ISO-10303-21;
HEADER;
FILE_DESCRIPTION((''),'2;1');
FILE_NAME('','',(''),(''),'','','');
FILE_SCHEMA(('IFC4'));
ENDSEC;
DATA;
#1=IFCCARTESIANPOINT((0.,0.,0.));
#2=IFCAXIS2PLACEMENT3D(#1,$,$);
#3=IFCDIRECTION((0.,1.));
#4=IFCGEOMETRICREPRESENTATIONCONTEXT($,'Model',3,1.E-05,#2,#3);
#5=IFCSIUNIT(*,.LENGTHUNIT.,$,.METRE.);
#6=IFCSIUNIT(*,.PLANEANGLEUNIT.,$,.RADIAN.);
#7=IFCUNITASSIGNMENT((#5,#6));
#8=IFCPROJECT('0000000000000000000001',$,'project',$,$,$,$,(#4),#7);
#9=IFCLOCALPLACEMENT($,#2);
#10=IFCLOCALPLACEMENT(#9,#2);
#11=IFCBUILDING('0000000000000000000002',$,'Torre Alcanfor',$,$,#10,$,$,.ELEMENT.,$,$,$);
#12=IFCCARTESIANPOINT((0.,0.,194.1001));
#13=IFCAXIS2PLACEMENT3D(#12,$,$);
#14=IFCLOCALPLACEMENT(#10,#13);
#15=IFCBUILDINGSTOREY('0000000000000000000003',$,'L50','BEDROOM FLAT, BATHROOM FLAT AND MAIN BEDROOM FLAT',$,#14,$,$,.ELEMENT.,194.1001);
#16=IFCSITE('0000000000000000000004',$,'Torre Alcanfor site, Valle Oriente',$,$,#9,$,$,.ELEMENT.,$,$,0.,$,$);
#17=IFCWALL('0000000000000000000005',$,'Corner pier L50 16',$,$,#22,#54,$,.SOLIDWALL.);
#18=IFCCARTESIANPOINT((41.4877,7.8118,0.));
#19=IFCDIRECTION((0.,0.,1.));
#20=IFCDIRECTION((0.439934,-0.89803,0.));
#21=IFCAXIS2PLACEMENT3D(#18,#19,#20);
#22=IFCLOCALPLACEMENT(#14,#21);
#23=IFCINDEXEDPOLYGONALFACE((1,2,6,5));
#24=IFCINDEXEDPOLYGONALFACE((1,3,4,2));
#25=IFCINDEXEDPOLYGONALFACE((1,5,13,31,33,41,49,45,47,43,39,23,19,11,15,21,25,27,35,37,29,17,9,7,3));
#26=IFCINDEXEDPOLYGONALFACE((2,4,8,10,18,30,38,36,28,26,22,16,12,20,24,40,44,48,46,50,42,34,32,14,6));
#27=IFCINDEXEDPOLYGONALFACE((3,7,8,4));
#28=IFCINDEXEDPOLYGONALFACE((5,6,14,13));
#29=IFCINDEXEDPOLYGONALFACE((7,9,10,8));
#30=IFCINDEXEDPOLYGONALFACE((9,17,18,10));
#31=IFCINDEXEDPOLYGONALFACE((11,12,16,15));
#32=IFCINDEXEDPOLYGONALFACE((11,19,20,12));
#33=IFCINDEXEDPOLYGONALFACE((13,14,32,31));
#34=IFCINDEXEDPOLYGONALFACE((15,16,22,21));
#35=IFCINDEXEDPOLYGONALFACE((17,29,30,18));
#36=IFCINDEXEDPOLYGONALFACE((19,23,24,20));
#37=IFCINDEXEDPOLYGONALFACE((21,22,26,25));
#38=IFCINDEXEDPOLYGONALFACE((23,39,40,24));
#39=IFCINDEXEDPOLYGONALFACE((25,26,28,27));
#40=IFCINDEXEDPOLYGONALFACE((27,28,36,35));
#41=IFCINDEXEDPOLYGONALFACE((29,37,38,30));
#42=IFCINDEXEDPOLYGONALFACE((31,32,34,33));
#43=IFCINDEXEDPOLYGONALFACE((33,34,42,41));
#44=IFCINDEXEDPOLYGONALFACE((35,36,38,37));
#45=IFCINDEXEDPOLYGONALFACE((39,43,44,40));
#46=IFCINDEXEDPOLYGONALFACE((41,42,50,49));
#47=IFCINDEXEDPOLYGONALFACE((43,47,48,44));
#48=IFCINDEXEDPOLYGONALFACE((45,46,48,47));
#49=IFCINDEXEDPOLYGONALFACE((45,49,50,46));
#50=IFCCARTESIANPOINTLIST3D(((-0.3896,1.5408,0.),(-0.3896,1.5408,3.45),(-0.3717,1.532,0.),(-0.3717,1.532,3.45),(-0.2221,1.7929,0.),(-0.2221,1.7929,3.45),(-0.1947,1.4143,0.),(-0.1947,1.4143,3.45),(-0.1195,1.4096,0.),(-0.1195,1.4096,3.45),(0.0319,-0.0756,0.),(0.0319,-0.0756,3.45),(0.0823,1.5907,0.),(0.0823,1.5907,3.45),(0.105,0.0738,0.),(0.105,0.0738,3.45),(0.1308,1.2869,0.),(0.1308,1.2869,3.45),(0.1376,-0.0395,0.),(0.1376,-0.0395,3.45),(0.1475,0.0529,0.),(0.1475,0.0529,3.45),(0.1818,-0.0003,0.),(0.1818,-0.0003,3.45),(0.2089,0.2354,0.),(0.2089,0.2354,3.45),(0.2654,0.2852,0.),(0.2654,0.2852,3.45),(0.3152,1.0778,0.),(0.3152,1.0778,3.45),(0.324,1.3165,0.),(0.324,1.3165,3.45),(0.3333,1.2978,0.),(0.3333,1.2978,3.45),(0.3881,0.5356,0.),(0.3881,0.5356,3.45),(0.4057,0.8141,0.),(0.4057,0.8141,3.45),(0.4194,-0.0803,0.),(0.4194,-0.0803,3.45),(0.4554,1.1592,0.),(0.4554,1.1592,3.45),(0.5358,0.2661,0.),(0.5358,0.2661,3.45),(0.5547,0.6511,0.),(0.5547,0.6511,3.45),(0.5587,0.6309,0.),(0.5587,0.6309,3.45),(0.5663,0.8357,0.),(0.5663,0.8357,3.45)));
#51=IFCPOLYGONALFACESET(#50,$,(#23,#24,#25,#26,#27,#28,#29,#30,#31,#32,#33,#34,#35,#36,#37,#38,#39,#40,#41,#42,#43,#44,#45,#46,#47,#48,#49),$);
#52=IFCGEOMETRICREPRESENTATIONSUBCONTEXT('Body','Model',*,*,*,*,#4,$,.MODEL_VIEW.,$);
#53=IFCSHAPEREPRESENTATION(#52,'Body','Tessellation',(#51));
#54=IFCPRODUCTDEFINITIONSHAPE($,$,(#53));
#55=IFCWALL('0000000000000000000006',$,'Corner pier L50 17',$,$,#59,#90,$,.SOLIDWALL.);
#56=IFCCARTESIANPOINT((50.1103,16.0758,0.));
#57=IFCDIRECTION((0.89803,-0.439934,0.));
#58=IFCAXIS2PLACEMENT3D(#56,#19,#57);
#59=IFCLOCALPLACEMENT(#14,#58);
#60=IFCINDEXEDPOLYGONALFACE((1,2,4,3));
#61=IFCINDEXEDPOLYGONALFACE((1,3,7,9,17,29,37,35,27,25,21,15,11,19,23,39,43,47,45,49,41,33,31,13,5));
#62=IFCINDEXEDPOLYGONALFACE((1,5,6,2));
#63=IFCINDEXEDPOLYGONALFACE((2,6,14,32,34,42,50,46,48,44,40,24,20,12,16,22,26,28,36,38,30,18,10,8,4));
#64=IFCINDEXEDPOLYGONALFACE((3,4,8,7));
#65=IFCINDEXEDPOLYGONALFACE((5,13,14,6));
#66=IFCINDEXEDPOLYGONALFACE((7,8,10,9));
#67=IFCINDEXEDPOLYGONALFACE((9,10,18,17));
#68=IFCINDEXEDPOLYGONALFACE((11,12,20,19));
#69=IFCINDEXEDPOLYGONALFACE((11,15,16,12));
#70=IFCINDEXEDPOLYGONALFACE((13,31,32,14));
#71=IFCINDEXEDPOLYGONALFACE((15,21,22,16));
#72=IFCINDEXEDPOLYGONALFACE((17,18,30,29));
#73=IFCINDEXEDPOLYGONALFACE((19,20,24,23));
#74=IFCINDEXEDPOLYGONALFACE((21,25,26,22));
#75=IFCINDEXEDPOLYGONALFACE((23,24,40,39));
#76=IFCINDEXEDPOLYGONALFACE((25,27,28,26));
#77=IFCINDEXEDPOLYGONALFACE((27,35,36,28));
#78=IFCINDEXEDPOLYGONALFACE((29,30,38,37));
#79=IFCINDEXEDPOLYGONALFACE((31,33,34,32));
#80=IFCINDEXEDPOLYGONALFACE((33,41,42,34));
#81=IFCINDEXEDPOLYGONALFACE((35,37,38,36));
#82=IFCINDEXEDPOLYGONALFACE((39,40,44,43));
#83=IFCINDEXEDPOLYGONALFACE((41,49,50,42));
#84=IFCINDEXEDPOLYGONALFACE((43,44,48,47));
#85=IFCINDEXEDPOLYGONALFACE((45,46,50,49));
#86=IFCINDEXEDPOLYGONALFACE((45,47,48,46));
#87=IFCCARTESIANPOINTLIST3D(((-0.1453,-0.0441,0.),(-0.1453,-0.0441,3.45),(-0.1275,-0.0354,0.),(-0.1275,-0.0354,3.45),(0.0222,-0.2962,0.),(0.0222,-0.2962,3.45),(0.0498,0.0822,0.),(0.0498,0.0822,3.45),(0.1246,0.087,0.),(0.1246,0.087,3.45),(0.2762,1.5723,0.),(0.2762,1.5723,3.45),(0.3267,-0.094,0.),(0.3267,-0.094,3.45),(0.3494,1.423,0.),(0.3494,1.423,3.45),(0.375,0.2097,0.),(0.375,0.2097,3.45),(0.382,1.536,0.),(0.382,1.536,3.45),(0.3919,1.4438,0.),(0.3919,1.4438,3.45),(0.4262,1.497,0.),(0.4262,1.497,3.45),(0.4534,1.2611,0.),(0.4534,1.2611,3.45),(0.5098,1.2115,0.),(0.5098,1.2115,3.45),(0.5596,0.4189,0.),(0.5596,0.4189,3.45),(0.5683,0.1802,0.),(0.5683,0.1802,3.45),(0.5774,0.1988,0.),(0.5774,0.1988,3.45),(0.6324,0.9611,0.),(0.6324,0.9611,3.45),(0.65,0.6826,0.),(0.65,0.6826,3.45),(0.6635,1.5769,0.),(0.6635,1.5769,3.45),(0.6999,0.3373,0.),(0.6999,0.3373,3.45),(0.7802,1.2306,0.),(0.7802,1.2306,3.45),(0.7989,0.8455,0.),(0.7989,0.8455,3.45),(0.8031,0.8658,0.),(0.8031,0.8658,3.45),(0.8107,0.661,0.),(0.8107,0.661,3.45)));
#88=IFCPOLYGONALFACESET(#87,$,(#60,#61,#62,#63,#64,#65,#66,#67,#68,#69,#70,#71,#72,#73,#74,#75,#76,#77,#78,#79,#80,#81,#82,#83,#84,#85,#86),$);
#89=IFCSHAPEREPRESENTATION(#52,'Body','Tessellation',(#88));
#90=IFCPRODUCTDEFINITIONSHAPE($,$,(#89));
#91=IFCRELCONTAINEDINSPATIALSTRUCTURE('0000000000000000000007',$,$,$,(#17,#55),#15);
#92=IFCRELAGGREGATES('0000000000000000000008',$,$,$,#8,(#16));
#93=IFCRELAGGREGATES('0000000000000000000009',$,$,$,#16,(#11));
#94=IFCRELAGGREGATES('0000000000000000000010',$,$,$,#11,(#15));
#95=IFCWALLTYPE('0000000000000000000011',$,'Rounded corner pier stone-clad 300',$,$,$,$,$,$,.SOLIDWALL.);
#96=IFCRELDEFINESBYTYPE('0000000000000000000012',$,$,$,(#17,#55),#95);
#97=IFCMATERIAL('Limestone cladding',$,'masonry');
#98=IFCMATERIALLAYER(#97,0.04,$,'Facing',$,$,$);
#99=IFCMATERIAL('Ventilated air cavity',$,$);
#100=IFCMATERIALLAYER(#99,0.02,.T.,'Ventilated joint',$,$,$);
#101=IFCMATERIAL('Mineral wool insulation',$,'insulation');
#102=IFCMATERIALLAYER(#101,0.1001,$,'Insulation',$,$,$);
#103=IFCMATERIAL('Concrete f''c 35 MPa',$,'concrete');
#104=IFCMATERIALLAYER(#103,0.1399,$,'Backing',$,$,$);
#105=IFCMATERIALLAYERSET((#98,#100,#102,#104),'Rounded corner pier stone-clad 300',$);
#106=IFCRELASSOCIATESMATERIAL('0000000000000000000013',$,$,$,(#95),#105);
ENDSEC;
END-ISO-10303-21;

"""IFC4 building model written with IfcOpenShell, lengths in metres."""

from ifc_helpers import new_model, si_unit, direction, frame, origin, place, context, subcontext, project, spatial, polyline, outline, extrude, material, layer, layer_set, type_object, element, save


model = new_model("IFC4")

# Units and contexts
model_context = context("Model", 3, precision=1e-05, world=origin(), true_north=direction((0.0, 1.0)))
body_context = subcontext(model_context, "Body", "Model", "MODEL_VIEW")
ifc_project = project(units=[si_unit("LENGTHUNIT", "METRE"), si_unit("PLANEANGLEUNIT", "RADIAN")], contexts=[model_context])

# Site, building, storey
site_placement = place(None, origin())
site = spatial("IfcSite", under=ifc_project, at=site_placement, Name="Torre Alcanfor site, Valle Oriente", CompositionType="ELEMENT", RefElevation=0.0)
building_placement = place(site_placement, origin())
building = spatial("IfcBuilding", under=site, at=building_placement, Name="Torre Alcanfor", CompositionType="ELEMENT")
storey_placement = place(building_placement, frame((0.0, 0.0, 194.1001)))
storey = spatial("IfcBuildingStorey", under=building, at=storey_placement, Name="L50", Description="BEDROOM FLAT, BATHROOM FLAT AND MAIN BEDROOM FLAT", CompositionType="ELEMENT", Elevation=194.1001)

# Shared definitions
ifc_material_1 = material(Name="Limestone cladding", Category="masonry")
ifc_material_2 = material(Name="Ventilated air cavity")
ifc_material_3 = material(Name="Mineral wool insulation", Category="insulation")
ifc_material_4 = material(Name="Concrete f'c 35 MPa", Category="concrete")

# Walls
ifc_layer_1 = layer(ifc_material_1, 0.04, Name="Facing")
ifc_layer_2 = layer(ifc_material_2, 0.02, ventilated=True, Name="Ventilated joint")
ifc_layer_3 = layer(ifc_material_3, 0.1001, Name="Insulation")
ifc_layer_4 = layer(ifc_material_4, 0.1399, Name="Backing")
ifc_layer_set_1 = layer_set([ifc_layer_1, ifc_layer_2, ifc_layer_3, ifc_layer_4], Name="Rounded corner pier stone-clad 300")
wall_type_1 = type_object("IfcWallType", Name="Rounded corner pier stone-clad 300", PredefinedType="SOLIDWALL", material=ifc_layer_set_1)
wall_1_placement = place(storey_placement, frame((41.4877, 7.8118, 0.0), z_axis=(0.0, 0.0, 1.0), x_axis=(0.439934, -0.89803, 0.0)))
element("IfcWall", 1, at=wall_1_placement, inside=storey, type_object=wall_type_1, Name="Corner pier L50 16", PredefinedType="SOLIDWALL", context=body_context, shape_type="SweptSolid", body=[
    extrude(outline(polyline([(-0.2221, 1.7929), (-0.3896, 1.5408), (-0.3717, 1.532), (-0.1947, 1.4143), (-0.1195, 1.4096), (0.1308, 1.2869), (0.3152, 1.0778), (0.4057, 0.8141), (0.3881, 0.5356), (0.2654, 0.2852), (0.2089, 0.2354), (0.1475, 0.0529), (0.105, 0.0738), (0.0319, -0.0756), (0.1376, -0.0395), (0.1818, -0.0003), (0.4194, -0.0803), (0.5358, 0.2661), (0.5587, 0.6309), (0.5547, 0.6511), (0.5663, 0.8357), (0.4554, 1.1592), (0.3333, 1.2978), (0.324, 1.3165), (0.0823, 1.5907), (-0.2221, 1.7929)])), origin(), (0.0, 0.0, 1.0), 3.45),
])
wall_2_placement = place(storey_placement, frame((50.1103, 16.0758, 0.0), z_axis=(0.0, 0.0, 1.0), x_axis=(0.89803, -0.439934, 0.0)))
element("IfcWall", 2, at=wall_2_placement, inside=storey, type_object=wall_type_1, Name="Corner pier L50 17", PredefinedType="SOLIDWALL", context=body_context, shape_type="SweptSolid", body=[
    extrude(outline(polyline([(0.6635, 1.5769), (0.4262, 1.497), (0.382, 1.536), (0.2762, 1.5723), (0.3494, 1.423), (0.3919, 1.4438), (0.4534, 1.2611), (0.5098, 1.2115), (0.6324, 0.9611), (0.65, 0.6826), (0.5596, 0.4189), (0.375, 0.2097), (0.1246, 0.087), (0.0498, 0.0822), (-0.1275, -0.0354), (-0.1453, -0.0441), (0.0222, -0.2962), (0.3267, -0.094), (0.5683, 0.1802), (0.5774, 0.1988), (0.6999, 0.3373), (0.8107, 0.661), (0.7989, 0.8455), (0.8031, 0.8658), (0.7802, 1.2306), (0.6635, 1.5769)])), origin(), (0.0, 0.0, 1.0), 3.45),
])

save(model, "model.ifc")
